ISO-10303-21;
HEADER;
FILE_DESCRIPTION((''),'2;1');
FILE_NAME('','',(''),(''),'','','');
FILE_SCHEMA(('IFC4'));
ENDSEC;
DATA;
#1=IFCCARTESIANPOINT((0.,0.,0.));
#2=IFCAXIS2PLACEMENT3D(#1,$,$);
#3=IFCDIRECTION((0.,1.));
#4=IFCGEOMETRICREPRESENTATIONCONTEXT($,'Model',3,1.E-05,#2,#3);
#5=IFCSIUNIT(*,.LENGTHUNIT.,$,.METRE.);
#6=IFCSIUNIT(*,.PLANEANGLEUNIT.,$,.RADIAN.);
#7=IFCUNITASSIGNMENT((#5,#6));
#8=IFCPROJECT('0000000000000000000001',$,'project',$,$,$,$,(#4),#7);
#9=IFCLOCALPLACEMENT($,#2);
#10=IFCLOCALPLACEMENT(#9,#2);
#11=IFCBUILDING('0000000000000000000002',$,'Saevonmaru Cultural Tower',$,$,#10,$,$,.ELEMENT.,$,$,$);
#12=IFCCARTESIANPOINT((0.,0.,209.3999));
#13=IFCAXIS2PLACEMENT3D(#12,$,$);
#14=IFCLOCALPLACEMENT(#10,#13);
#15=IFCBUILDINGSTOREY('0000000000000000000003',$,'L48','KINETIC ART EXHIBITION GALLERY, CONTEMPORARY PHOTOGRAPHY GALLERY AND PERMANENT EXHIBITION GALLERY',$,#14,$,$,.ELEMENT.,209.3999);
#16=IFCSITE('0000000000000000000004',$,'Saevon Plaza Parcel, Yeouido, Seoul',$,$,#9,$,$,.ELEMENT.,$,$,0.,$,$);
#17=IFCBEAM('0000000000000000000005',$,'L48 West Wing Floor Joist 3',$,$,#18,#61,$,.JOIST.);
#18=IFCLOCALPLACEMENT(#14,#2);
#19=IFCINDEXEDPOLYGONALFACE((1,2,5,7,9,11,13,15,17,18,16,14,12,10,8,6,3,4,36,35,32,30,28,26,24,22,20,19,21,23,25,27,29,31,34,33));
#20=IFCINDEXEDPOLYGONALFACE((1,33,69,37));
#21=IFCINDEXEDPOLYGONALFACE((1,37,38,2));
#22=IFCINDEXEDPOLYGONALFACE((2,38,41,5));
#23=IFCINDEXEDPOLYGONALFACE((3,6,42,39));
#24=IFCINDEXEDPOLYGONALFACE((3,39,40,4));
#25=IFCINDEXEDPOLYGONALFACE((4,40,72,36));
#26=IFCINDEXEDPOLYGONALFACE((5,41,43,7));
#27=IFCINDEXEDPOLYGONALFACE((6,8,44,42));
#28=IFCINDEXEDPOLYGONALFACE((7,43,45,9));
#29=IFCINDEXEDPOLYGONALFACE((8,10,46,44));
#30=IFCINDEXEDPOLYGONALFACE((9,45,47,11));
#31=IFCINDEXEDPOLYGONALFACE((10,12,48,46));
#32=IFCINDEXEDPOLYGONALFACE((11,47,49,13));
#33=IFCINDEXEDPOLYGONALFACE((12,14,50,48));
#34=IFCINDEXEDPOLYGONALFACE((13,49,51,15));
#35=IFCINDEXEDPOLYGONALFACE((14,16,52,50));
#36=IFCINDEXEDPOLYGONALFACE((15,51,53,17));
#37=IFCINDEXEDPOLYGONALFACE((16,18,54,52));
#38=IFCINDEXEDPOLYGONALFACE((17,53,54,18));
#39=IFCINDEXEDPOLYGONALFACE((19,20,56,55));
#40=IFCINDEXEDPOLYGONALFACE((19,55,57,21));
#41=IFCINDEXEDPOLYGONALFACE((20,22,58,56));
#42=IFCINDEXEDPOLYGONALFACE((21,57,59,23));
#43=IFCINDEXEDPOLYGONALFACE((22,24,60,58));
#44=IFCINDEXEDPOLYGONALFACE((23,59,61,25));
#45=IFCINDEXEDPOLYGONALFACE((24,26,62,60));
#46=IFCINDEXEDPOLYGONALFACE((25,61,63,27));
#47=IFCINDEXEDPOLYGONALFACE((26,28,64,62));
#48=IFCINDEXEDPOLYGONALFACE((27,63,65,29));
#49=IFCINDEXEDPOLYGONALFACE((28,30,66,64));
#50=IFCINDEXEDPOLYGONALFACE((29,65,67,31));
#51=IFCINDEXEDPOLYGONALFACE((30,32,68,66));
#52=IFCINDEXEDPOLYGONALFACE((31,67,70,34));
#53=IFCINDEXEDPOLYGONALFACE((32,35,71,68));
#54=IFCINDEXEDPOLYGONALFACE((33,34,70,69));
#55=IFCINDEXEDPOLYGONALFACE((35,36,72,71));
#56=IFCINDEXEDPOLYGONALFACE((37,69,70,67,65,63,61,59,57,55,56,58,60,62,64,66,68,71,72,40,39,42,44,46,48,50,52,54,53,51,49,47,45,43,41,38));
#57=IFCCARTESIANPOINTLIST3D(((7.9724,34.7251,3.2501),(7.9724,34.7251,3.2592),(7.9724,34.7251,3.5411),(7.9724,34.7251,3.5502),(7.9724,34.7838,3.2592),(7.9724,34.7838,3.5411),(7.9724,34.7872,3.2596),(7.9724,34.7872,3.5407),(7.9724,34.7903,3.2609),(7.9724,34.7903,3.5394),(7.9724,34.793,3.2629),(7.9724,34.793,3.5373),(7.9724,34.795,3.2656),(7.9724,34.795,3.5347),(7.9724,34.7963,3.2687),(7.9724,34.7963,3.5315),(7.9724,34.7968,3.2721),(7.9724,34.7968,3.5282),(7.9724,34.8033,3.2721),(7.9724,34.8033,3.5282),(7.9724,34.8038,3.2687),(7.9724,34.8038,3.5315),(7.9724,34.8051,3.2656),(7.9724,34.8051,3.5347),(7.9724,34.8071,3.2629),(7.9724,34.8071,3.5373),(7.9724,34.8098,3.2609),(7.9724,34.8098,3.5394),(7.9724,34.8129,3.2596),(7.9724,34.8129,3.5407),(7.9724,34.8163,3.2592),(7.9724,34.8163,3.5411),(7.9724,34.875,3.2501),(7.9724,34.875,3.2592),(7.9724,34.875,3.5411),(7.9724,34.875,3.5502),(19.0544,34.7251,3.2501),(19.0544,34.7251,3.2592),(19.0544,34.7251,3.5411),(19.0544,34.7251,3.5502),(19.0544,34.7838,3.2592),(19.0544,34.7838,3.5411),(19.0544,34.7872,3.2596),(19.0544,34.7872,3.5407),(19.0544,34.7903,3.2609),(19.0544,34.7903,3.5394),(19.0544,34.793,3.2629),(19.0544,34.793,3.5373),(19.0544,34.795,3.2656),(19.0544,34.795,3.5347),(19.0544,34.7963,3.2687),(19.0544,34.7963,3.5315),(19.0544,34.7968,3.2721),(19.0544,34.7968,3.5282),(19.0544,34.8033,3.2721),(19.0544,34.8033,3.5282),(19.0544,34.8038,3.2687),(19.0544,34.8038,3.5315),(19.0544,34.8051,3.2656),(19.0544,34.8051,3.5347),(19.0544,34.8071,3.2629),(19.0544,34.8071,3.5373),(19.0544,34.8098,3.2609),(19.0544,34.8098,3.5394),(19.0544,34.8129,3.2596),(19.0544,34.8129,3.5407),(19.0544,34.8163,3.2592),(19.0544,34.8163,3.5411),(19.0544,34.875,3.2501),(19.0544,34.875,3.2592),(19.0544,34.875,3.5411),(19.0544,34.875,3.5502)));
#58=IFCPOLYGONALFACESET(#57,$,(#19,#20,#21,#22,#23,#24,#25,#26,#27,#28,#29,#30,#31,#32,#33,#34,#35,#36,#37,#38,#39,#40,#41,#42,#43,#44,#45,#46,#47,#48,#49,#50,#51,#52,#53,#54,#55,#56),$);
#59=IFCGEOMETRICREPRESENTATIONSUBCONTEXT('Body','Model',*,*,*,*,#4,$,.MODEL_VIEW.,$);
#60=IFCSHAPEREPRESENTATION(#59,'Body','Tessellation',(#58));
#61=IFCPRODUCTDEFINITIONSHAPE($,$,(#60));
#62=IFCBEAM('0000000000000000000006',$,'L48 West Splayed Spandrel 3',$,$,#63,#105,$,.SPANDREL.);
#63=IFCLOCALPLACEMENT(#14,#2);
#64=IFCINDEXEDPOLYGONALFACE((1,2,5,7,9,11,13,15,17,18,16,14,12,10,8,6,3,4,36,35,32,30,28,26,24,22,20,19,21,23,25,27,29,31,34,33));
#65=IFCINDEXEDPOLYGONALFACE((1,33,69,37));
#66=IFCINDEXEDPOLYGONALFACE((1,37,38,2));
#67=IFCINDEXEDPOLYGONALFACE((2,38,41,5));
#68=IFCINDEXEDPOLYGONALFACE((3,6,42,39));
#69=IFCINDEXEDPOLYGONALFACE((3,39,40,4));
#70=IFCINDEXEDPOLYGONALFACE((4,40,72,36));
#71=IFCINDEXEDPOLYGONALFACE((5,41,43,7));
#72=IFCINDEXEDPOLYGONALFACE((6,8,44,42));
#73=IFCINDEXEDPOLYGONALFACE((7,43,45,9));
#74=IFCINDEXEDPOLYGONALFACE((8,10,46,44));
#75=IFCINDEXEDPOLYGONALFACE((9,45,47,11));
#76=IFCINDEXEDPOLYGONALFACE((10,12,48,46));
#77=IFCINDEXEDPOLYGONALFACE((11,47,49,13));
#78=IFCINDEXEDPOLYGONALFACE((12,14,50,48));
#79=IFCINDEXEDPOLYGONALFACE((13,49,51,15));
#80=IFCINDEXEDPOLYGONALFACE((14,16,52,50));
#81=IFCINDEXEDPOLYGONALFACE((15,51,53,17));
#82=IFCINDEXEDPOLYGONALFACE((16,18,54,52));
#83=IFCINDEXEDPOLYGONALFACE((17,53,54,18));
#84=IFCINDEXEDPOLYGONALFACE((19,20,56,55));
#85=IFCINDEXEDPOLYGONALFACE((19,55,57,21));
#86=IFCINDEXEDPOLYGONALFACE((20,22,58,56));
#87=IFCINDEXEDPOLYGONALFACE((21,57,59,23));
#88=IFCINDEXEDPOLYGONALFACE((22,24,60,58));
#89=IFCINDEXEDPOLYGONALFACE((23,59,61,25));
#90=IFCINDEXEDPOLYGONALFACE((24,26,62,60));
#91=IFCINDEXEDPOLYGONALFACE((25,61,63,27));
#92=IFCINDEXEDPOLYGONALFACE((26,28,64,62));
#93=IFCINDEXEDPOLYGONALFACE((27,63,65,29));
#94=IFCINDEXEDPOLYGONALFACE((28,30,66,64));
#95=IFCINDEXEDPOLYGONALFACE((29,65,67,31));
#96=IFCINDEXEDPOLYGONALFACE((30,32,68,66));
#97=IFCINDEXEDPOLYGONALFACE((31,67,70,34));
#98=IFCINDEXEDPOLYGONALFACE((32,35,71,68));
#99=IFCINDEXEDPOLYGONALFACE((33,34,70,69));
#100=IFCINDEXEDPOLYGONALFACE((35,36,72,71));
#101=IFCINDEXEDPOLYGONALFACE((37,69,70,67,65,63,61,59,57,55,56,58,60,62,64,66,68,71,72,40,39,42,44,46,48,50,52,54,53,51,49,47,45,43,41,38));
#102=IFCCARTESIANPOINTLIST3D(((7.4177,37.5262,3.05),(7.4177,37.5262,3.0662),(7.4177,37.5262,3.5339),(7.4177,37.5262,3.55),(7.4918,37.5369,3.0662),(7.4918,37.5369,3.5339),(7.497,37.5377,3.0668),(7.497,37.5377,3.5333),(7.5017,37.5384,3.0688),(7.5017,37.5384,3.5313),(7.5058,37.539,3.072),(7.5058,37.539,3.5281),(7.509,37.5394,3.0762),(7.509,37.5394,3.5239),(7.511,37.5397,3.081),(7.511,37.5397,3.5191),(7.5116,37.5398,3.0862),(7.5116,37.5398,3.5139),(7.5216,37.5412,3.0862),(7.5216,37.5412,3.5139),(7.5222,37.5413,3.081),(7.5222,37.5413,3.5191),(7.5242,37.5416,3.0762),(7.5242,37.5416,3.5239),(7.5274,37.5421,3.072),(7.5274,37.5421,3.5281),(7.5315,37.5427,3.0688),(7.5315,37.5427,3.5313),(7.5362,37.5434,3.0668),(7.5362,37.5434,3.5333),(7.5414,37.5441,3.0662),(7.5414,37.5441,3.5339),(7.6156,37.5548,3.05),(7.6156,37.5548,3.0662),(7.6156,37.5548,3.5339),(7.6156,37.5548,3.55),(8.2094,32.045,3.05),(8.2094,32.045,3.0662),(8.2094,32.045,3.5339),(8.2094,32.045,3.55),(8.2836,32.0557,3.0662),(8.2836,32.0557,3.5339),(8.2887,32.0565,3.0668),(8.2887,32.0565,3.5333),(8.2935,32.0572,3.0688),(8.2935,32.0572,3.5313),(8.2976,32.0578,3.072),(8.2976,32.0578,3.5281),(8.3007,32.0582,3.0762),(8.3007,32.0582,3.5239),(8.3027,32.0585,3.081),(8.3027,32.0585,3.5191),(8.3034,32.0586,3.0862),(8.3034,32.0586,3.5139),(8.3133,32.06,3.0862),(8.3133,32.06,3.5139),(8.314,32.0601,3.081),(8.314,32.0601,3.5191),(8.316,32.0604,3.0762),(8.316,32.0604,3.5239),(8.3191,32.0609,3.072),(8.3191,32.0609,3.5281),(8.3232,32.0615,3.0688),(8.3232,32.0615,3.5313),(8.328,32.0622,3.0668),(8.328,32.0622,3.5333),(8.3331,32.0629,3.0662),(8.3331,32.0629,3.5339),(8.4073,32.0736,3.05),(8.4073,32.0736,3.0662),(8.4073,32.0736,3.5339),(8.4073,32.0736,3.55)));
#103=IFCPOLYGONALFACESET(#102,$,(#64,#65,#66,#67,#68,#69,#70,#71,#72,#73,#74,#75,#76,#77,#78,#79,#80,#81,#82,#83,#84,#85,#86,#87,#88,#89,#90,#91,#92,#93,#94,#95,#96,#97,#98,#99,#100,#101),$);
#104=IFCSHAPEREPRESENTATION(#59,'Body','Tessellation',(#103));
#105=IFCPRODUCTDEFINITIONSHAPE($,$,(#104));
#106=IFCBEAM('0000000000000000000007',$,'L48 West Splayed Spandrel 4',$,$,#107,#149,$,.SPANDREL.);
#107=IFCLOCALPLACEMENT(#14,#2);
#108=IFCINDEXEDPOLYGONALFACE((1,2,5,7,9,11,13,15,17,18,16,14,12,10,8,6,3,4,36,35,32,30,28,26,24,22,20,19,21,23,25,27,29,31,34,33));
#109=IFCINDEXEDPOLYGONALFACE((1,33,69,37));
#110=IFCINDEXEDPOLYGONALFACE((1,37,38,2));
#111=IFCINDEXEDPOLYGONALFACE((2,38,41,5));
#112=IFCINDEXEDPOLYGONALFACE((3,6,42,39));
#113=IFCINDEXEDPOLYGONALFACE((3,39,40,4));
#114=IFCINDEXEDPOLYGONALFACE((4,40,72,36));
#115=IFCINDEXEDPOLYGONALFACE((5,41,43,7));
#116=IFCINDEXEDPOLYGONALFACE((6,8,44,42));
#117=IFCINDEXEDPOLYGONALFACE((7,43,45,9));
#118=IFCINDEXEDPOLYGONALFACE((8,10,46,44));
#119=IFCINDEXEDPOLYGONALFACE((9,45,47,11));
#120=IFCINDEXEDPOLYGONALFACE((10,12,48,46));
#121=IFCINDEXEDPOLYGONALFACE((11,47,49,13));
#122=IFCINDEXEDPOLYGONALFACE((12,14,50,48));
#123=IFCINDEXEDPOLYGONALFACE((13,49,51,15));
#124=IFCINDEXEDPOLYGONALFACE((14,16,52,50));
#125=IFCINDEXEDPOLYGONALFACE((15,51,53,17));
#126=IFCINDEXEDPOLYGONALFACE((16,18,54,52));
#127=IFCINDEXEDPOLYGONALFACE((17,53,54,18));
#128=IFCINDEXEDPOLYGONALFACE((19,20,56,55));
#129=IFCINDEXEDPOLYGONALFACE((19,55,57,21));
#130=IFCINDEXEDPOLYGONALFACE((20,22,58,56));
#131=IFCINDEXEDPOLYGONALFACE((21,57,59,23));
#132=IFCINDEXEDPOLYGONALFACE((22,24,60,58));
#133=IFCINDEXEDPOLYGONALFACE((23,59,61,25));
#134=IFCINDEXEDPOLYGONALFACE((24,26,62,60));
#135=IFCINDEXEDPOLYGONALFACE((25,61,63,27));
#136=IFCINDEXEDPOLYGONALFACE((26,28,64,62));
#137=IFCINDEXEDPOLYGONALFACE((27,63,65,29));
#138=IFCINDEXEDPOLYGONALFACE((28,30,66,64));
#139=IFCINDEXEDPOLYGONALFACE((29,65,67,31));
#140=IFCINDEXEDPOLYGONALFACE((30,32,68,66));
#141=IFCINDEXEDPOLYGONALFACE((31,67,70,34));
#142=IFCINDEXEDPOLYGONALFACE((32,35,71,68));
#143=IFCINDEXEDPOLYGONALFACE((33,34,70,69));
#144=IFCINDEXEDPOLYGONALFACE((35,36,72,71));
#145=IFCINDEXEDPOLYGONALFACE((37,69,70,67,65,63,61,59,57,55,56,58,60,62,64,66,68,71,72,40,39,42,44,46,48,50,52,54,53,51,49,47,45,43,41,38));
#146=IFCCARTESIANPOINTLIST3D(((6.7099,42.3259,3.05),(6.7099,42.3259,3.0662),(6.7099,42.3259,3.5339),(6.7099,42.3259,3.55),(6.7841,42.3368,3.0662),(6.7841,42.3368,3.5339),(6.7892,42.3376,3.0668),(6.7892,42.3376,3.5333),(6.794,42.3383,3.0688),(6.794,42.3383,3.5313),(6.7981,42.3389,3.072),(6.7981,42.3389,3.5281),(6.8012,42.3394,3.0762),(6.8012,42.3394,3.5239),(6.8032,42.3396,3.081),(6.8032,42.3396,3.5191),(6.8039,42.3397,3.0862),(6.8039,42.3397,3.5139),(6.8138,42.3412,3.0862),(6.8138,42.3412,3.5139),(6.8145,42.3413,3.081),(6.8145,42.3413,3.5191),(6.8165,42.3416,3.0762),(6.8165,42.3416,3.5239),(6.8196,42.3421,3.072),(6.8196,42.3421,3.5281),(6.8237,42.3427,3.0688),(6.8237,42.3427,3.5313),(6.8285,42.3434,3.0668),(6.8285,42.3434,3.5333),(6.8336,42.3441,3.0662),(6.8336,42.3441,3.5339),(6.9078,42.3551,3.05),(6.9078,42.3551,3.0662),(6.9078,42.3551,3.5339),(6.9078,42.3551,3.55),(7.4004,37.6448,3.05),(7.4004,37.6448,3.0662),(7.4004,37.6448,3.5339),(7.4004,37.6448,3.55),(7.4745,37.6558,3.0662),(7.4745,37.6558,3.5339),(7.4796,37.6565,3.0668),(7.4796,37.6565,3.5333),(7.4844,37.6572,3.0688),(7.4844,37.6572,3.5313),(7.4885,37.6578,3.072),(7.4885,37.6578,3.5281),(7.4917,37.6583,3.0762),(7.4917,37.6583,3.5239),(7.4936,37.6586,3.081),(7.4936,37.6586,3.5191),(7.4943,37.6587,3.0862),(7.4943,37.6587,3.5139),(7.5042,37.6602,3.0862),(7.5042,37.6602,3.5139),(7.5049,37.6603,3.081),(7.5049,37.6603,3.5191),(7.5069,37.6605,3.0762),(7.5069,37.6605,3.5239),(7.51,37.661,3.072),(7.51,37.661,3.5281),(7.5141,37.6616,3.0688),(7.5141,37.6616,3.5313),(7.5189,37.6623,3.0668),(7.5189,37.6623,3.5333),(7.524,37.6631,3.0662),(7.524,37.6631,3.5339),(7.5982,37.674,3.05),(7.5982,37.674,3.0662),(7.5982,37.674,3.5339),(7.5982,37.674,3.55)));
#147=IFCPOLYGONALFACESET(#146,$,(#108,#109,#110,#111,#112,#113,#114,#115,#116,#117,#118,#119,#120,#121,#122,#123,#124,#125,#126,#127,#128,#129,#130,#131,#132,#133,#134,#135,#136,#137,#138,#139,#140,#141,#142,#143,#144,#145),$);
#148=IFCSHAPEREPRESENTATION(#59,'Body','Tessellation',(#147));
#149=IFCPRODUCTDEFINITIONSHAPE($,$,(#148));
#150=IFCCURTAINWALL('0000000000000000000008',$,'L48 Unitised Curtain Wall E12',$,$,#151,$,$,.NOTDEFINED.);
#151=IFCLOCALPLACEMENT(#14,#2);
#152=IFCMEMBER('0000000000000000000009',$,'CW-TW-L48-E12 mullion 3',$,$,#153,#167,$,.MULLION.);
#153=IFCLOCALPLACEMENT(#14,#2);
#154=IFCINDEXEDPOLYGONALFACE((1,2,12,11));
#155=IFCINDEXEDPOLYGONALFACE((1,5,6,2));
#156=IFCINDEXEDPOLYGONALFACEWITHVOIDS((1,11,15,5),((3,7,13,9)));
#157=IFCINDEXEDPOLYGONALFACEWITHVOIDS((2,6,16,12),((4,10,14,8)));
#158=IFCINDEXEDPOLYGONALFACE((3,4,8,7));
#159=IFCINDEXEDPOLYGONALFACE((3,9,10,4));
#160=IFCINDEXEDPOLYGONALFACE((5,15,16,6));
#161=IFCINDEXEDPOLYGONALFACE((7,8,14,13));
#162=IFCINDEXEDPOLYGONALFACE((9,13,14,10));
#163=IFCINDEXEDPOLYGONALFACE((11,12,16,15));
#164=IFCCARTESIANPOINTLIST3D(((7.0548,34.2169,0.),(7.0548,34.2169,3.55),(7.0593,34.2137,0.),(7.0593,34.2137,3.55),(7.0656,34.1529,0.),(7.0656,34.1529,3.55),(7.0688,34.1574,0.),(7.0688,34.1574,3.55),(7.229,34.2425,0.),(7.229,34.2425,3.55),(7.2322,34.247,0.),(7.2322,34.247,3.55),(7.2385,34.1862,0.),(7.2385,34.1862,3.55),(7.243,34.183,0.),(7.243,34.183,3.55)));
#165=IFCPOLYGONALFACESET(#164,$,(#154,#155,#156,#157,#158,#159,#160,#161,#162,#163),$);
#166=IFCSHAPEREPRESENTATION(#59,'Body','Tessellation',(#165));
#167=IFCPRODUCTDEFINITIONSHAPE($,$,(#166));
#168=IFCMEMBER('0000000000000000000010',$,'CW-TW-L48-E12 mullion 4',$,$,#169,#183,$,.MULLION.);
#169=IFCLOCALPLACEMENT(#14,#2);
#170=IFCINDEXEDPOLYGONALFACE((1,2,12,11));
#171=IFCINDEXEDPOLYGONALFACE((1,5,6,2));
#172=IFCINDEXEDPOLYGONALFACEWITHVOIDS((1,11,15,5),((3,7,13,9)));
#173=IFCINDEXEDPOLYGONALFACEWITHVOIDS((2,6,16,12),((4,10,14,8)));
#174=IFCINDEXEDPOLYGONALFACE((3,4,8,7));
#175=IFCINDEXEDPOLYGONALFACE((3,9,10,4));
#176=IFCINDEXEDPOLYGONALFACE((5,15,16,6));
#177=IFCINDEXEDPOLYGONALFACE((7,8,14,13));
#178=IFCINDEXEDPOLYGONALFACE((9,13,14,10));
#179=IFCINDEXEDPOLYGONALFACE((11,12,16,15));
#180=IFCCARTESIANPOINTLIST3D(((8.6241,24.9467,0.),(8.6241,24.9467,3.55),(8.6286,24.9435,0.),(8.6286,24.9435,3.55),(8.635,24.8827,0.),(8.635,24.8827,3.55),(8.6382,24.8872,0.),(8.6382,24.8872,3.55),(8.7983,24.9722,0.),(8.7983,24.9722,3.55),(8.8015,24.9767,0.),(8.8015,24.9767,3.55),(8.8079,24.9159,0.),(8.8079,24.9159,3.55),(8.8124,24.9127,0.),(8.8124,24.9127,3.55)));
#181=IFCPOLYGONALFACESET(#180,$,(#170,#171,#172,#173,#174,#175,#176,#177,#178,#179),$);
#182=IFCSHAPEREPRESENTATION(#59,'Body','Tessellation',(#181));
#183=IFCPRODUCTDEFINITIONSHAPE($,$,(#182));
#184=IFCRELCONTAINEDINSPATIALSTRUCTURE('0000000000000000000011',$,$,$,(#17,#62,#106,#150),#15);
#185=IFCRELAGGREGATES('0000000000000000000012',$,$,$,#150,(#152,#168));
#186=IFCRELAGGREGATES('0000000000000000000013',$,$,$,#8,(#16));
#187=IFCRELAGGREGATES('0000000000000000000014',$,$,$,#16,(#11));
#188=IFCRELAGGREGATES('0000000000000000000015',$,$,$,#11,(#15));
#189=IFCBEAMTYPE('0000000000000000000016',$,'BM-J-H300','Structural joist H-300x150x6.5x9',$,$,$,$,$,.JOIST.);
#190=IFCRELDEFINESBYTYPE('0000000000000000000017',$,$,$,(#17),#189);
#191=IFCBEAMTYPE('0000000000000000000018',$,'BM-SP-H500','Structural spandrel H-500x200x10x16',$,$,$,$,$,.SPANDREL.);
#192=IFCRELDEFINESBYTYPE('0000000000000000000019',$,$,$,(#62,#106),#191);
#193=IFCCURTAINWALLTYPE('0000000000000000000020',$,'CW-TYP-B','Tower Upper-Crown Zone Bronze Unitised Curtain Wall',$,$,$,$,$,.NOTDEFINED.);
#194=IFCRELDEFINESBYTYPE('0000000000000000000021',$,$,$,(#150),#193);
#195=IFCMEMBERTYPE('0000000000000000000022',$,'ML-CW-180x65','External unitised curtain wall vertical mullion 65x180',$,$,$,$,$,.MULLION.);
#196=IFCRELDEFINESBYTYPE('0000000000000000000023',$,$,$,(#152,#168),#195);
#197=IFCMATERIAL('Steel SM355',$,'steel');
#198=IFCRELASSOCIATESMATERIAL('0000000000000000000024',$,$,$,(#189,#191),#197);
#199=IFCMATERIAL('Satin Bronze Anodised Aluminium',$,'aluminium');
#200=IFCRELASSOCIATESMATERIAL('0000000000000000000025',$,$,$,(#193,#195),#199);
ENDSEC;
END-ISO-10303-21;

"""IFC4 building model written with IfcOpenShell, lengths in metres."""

from ifc_helpers import new_model, si_unit, direction, frame, origin, origin_2d, place, context, subcontext, project, spatial, hollow_rectangle, i_section, extrude, material, material_profile, profile_set, type_object, element, aggregate, save


model = new_model("IFC4")

# Units and contexts
model_context = context("Model", 3, precision=1e-05, world=origin(), true_north=direction((0.0, 1.0)))
body_context = subcontext(model_context, "Body", "Model", "MODEL_VIEW")
ifc_project = project(units=[si_unit("LENGTHUNIT", "METRE"), si_unit("PLANEANGLEUNIT", "RADIAN")], contexts=[model_context])

# Site, building, storey
site_placement = place(None, origin())
site = spatial("IfcSite", under=ifc_project, at=site_placement, Name="Saevon Plaza Parcel, Yeouido, Seoul", CompositionType="ELEMENT", RefElevation=0.0)
building_placement = place(site_placement, origin())
building = spatial("IfcBuilding", under=site, at=building_placement, Name="Saevonmaru Cultural Tower", CompositionType="ELEMENT")
storey_placement = place(building_placement, frame((0.0, 0.0, 209.3999)))
storey = spatial("IfcBuildingStorey", under=building, at=storey_placement, Name="L48", Description="KINETIC ART EXHIBITION GALLERY, CONTEMPORARY PHOTOGRAPHY GALLERY AND PERMANENT EXHIBITION GALLERY", CompositionType="ELEMENT", Elevation=209.3999)

# Beams
ifc_material_1 = material(Name="Steel SM355", Category="steel")
ifc_material_profile_1 = material_profile(ifc_material_1, i_section(OverallWidth=0.1499, OverallDepth=0.3, WebThickness=0.0066, FlangeThickness=0.009, FilletRadius=0.0129, at=origin_2d()), Name="H-300x150x6.5x9")
ifc_profile_set_1 = profile_set([ifc_material_profile_1], Name="Steel SM355")
beam_type_1 = type_object("IfcBeamType", Name="BM-J-H300", Description="Structural joist H-300x150x6.5x9", PredefinedType="JOIST", material=ifc_profile_set_1)
for number, where, z_axis, x_axis, name in (
    (1, (7.9724, 34.8, 3.4001), (1.0, 0.0, 0.0), (0.0, 1.0, 0.0), "L48 West Wing Floor Joist 3"),
):
    element("IfcBeam", number, at=place(storey_placement, frame(where, z_axis=z_axis, x_axis=x_axis)), inside=storey, type_object=beam_type_1, Name=name, PredefinedType="JOIST", context=body_context, shape_type="SweptSolid", body=[
        extrude(i_section(OverallWidth=0.1499, OverallDepth=0.3, WebThickness=0.0066, FlangeThickness=0.009, FilletRadius=0.0129, at=origin_2d()), origin(), (0.0, 0.0, 1.0), 11.082),
    ])
ifc_material_profile_2 = material_profile(ifc_material_1, i_section(OverallWidth=0.2, OverallDepth=0.5, WebThickness=0.01, FlangeThickness=0.0161, FilletRadius=0.02, at=origin_2d()), Name="H-500x200x10x16")
ifc_profile_set_2 = profile_set([ifc_material_profile_2], Name="Steel SM355")
beam_type_2 = type_object("IfcBeamType", Name="BM-SP-H500", Description="Structural spandrel H-500x200x10x16", PredefinedType="SPANDREL", material=ifc_profile_set_2)
beam_1_placement = place(storey_placement, frame((8.3083, 32.0593, 3.3), z_axis=(-0.142964, 0.989728, 0.0), x_axis=(-0.989728, -0.142964, 0.0)))
element("IfcBeam", 2, at=beam_1_placement, inside=storey, type_object=beam_type_2, Name="L48 West Splayed Spandrel 3", PredefinedType="SPANDREL", context=body_context, shape_type="SweptSolid", body=[
    extrude(i_section(OverallWidth=0.2, OverallDepth=0.5, WebThickness=0.01, FlangeThickness=0.0161, FilletRadius=0.02, at=origin_2d()), origin(), (0.0, 0.0, 1.0), 5.5381),
])
beam_2_placement = place(storey_placement, frame((7.4993, 37.6594, 3.3), z_axis=(-0.145913, 0.989297, 0.0), x_axis=(-0.989297, -0.145913, 0.0)))
element("IfcBeam", 3, at=beam_2_placement, inside=storey, type_object=beam_type_2, Name="L48 West Splayed Spandrel 4", PredefinedType="SPANDREL", context=body_context, shape_type="SweptSolid", body=[
    extrude(i_section(OverallWidth=0.2, OverallDepth=0.5, WebThickness=0.01, FlangeThickness=0.0161, FilletRadius=0.02, at=origin_2d()), origin(), (0.0, 0.0, 1.0), 4.7317),
])

# Curtain wall, members
ifc_material_2 = material(Name="Satin Bronze Anodised Aluminium", Category="aluminium")
curtain_wall_type = type_object("IfcCurtainWallType", Name="CW-TYP-B", Description="Tower Upper-Crown Zone Bronze Unitised Curtain Wall", PredefinedType="NOTDEFINED", material=ifc_material_2)
curtain_wall_placement = place(storey_placement, origin())
curtain_wall = element("IfcCurtainWall", 4, at=curtain_wall_placement, inside=storey, type_object=curtain_wall_type, Name="L48 Unitised Curtain Wall E12", PredefinedType="NOTDEFINED")
ifc_material_profile_3 = material_profile(ifc_material_2, hollow_rectangle(XDim=0.0649, YDim=0.1799, WallThickness=0.0039, at=origin_2d()), Name="ALU-MULL-180x65x4")
ifc_profile_set_3 = profile_set([ifc_material_profile_3], Name="Satin Bronze Anodised Aluminium")
member_type_1 = type_object("IfcMemberType", Name="ML-CW-180x65", Description="External unitised curtain wall vertical mullion 65x180", PredefinedType="MULLION", material=ifc_profile_set_3)
member_1_placement = place(storey_placement, frame((7.1489, 34.2, 0.0), z_axis=(0.0, 0.0, 1.0), x_axis=(0.166922, -0.98597, 0.0)))
member_1 = element("IfcMember", 5, at=member_1_placement, type_object=member_type_1, Name="CW-TW-L48-E12 mullion 3", PredefinedType="MULLION", context=body_context, shape_type="SweptSolid", body=[
    extrude(hollow_rectangle(XDim=0.0649, YDim=0.1799, WallThickness=0.0039, at=origin_2d()), origin(), (0.0, 0.0, 1.0), 3.55),
])
member_2_placement = place(storey_placement, frame((8.7183, 24.9297, 0.0), z_axis=(0.0, 0.0, 1.0), x_axis=(0.166922, -0.98597, 0.0)))
member_2 = element("IfcMember", 6, at=member_2_placement, type_object=member_type_1, Name="CW-TW-L48-E12 mullion 4", PredefinedType="MULLION", context=body_context, shape_type="SweptSolid", body=[
    extrude(hollow_rectangle(XDim=0.0649, YDim=0.1799, WallThickness=0.0039, at=origin_2d()), origin(), (0.0, 0.0, 1.0), 3.55),
])
aggregate(curtain_wall, [member_1, member_2])

save(model, "model.ifc")
